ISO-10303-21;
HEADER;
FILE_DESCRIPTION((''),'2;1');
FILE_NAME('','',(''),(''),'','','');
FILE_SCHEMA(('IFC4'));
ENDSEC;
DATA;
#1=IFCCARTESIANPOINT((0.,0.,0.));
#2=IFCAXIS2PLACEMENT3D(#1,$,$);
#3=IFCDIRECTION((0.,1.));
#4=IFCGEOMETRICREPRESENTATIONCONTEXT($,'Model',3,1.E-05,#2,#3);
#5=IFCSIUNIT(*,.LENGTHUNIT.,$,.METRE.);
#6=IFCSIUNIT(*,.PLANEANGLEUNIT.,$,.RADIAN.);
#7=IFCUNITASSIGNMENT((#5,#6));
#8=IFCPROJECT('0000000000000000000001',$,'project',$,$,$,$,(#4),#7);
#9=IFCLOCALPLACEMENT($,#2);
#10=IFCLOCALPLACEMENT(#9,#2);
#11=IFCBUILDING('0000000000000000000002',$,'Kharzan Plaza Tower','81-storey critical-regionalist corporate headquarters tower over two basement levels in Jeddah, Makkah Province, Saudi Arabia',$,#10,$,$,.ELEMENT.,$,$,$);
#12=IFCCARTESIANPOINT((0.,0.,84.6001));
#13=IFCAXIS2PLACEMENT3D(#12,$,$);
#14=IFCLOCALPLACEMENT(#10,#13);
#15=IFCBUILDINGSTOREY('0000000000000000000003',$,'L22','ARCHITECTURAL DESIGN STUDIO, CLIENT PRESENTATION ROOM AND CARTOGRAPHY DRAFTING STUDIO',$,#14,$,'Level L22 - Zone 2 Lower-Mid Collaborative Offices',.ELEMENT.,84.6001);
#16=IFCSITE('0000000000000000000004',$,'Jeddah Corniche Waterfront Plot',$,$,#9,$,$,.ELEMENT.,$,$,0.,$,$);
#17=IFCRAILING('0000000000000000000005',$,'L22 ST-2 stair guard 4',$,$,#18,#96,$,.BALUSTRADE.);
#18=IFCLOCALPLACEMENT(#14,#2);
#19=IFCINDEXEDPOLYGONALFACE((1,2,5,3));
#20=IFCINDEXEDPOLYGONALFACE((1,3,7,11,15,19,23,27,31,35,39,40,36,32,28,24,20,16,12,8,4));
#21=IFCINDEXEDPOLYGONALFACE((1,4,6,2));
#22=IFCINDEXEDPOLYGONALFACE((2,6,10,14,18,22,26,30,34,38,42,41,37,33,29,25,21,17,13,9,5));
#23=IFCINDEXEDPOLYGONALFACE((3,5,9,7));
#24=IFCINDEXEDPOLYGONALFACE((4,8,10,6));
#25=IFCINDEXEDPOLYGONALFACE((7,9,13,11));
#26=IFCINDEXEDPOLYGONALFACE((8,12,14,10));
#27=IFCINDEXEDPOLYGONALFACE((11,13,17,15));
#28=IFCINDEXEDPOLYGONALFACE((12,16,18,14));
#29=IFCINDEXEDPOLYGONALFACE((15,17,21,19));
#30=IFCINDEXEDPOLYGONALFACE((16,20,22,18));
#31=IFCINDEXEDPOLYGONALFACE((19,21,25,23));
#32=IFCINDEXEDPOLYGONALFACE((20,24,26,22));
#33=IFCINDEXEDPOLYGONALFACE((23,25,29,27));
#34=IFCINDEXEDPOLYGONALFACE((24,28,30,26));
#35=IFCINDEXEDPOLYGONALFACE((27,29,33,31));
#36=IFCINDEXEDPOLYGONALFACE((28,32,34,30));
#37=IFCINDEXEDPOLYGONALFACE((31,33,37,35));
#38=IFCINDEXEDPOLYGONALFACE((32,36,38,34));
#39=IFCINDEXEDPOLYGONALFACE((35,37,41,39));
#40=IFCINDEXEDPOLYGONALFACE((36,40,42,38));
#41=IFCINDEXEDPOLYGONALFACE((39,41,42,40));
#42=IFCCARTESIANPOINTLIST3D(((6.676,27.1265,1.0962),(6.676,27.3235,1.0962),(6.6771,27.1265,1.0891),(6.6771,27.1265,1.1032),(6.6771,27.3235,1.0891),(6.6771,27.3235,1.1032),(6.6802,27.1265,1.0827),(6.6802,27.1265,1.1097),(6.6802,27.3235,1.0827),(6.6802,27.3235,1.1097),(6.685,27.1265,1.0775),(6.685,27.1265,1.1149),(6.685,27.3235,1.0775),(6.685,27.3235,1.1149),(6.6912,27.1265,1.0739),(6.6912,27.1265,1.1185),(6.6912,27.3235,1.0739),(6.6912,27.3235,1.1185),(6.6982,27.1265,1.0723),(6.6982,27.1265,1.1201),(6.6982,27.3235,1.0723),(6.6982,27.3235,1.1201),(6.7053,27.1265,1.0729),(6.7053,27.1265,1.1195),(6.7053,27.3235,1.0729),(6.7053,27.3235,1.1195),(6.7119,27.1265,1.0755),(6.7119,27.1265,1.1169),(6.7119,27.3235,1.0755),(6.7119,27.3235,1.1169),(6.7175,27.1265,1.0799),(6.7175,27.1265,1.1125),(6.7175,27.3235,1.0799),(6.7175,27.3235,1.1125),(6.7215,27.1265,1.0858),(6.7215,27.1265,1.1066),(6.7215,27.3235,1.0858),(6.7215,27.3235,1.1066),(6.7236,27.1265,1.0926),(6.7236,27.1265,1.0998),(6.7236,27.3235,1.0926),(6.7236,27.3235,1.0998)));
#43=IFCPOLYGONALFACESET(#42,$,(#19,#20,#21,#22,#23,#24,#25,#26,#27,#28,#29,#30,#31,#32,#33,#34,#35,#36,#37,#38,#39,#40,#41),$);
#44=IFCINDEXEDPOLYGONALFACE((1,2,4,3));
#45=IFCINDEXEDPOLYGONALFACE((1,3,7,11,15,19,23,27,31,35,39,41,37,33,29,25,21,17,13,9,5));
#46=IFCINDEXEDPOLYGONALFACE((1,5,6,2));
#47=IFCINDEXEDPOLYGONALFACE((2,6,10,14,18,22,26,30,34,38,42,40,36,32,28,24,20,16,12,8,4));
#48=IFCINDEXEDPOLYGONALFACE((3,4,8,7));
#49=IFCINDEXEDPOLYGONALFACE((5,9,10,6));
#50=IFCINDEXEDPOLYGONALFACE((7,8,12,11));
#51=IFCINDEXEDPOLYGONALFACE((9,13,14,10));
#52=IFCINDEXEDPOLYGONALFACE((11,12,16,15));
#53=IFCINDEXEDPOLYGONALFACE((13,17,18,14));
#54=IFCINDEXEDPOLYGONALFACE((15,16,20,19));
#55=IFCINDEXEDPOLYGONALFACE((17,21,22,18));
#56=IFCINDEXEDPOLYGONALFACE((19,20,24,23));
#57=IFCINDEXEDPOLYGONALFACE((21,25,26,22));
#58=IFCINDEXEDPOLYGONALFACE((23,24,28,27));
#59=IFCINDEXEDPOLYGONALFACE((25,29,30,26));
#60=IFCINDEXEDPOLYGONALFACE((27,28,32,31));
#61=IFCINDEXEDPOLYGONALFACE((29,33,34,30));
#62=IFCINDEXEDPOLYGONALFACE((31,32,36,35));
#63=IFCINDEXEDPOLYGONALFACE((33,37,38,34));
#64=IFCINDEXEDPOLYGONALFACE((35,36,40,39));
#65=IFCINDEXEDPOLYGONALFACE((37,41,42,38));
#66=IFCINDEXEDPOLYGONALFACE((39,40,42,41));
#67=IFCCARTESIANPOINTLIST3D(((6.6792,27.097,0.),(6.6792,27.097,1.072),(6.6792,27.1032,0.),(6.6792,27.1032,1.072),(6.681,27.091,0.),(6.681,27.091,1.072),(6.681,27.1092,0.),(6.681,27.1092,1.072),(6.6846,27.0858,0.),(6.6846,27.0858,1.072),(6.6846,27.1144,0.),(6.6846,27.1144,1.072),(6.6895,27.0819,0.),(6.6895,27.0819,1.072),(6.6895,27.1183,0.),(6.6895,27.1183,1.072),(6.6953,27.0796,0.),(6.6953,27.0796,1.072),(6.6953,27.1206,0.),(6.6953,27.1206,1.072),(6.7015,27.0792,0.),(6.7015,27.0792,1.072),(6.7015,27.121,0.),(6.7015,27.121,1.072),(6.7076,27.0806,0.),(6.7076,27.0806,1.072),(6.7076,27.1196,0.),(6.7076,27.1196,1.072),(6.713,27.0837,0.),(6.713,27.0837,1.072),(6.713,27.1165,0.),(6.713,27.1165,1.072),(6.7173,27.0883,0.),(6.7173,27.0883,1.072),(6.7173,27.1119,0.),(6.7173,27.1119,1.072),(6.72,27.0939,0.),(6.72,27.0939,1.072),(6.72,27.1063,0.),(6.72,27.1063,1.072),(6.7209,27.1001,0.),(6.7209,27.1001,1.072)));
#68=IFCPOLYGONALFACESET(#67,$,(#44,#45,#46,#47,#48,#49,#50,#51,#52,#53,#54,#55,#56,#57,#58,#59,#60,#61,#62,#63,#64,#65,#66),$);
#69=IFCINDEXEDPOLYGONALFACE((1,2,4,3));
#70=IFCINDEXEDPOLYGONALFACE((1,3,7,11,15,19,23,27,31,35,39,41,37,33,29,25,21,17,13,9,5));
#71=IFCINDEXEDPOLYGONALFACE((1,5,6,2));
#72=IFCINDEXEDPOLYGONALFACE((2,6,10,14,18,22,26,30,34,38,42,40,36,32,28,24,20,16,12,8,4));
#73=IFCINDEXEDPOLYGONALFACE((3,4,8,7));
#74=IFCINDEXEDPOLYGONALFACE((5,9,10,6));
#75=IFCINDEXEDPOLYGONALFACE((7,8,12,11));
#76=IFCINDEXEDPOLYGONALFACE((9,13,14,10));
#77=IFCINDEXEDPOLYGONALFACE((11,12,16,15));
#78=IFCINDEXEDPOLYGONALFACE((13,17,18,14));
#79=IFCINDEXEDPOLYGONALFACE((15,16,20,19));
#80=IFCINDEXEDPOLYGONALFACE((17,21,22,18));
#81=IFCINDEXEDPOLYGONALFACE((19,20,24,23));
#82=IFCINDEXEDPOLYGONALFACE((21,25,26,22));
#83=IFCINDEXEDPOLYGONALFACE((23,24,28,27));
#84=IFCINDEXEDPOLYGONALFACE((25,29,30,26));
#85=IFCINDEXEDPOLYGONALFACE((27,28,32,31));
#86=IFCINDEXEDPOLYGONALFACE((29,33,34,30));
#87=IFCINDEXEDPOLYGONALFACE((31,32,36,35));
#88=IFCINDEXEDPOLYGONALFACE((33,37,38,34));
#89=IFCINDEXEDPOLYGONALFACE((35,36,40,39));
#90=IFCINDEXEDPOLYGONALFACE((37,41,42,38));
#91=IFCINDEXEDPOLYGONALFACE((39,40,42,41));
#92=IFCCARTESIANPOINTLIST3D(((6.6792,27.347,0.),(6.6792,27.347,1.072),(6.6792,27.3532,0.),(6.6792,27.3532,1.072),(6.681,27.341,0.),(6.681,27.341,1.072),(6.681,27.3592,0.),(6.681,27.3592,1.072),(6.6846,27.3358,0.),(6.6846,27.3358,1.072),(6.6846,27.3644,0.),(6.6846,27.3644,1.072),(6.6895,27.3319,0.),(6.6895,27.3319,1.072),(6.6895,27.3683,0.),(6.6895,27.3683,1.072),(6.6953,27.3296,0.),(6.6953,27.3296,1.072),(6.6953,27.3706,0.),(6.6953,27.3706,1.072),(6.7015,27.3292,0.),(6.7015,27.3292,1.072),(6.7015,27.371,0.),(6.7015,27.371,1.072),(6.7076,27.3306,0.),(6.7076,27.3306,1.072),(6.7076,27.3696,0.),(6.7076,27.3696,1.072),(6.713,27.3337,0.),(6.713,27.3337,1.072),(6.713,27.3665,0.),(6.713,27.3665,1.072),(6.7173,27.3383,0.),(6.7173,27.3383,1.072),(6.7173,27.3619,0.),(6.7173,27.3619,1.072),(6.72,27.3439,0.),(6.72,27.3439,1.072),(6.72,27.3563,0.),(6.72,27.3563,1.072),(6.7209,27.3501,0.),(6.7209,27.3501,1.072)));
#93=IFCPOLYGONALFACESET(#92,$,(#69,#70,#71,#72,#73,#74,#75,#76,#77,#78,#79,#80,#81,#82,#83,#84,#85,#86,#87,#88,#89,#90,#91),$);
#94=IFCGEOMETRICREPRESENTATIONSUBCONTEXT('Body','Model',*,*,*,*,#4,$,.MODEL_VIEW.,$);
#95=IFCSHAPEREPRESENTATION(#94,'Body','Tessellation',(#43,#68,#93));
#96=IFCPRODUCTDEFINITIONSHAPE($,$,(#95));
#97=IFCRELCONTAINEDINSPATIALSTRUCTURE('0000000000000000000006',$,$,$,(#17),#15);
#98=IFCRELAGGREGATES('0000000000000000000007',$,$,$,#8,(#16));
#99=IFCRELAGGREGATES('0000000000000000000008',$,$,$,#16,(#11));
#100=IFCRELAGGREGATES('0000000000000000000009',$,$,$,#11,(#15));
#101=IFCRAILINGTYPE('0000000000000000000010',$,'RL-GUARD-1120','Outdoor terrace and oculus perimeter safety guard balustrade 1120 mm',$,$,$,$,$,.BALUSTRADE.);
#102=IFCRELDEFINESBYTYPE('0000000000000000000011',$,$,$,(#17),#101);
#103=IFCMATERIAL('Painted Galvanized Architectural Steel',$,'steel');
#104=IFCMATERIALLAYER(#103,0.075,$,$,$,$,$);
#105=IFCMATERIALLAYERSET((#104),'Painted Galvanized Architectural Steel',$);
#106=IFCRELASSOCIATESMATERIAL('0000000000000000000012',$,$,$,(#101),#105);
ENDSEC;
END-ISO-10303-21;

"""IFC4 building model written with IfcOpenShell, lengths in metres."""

from ifc_helpers import new_model, si_unit, direction, frame, origin, origin_2d, place, context, subcontext, project, spatial, circle, extrude, source, transform, mapped, material, layer, layer_set, type_object, element, save


model = new_model("IFC4")

# Units and contexts
model_context = context("Model", 3, precision=1e-05, world=origin(), true_north=direction((0.0, 1.0)))
body_context = subcontext(model_context, "Body", "Model", "MODEL_VIEW")
ifc_project = project(units=[si_unit("LENGTHUNIT", "METRE"), si_unit("PLANEANGLEUNIT", "RADIAN")], contexts=[model_context])

# Site, building, storey
site_placement = place(None, origin())
site = spatial("IfcSite", under=ifc_project, at=site_placement, Name="Jeddah Corniche Waterfront Plot", CompositionType="ELEMENT", RefElevation=0.0)
building_placement = place(site_placement, origin())
building = spatial("IfcBuilding", under=site, at=building_placement, Name="Kharzan Plaza Tower", Description="81-storey critical-regionalist corporate headquarters tower over two basement levels in Jeddah, Makkah Province, Saudi Arabia", CompositionType="ELEMENT")
storey_placement = place(building_placement, frame((0.0, 0.0, 84.6001)))
storey = spatial("IfcBuildingStorey", under=building, at=storey_placement, Name="L22", Description="ARCHITECTURAL DESIGN STUDIO, CLIENT PRESENTATION ROOM AND CARTOGRAPHY DRAFTING STUDIO", LongName="Level L22 - Zone 2 Lower-Mid Collaborative Offices", CompositionType="ELEMENT", Elevation=84.6001)

# Railing
ifc_material_1 = material(Name="Painted Galvanized Architectural Steel", Category="steel")
ifc_layer_1 = layer(ifc_material_1, 0.075)
ifc_layer_set_1 = layer_set([ifc_layer_1], Name="Painted Galvanized Architectural Steel")
railing_type_1 = type_object("IfcRailingType", Name="RL-GUARD-1120", Description="Outdoor terrace and oculus perimeter safety guard balustrade 1120 mm", PredefinedType="BALUSTRADE", material=ifc_layer_set_1)
shared_shape_1 = source(origin(), body_context, "Body", "SweptSolid", [
    extrude(circle(Radius=0.0239, at=origin_2d()), frame((0.0, 0.0264, 1.0962), z_axis=(0.0, 1.0, 0.0), x_axis=(-1.0, 0.0, 0.0)), (0.0, 0.0, 1.0), 0.197),
    extrude(circle(Radius=0.021, at=origin_2d()), origin(), (0.0, 0.0, 1.0), 1.072),
    extrude(circle(Radius=0.021, at=origin_2d()), frame((0.0, 0.25, 0.0)), (0.0, 0.0, 1.0), 1.072),
])
for number, where, name in (
    (1, (6.7, 27.1001, 0.0), "L22 ST-2 stair guard 4"),
):
    element("IfcRailing", number, at=place(storey_placement, frame(where)), inside=storey, type_object=railing_type_1, Name=name, PredefinedType="BALUSTRADE", context=body_context, shape_type="MappedRepresentation", body=[
        mapped(shared_shape_1, transform((0.0, 0.0, 0.0), x_axis=(1.0, 0.0, 0.0), y_axis=(0.0, 1.0, 0.0), z_axis=(0.0, 0.0, 1.0))),
    ])

save(model, "model.ifc")
